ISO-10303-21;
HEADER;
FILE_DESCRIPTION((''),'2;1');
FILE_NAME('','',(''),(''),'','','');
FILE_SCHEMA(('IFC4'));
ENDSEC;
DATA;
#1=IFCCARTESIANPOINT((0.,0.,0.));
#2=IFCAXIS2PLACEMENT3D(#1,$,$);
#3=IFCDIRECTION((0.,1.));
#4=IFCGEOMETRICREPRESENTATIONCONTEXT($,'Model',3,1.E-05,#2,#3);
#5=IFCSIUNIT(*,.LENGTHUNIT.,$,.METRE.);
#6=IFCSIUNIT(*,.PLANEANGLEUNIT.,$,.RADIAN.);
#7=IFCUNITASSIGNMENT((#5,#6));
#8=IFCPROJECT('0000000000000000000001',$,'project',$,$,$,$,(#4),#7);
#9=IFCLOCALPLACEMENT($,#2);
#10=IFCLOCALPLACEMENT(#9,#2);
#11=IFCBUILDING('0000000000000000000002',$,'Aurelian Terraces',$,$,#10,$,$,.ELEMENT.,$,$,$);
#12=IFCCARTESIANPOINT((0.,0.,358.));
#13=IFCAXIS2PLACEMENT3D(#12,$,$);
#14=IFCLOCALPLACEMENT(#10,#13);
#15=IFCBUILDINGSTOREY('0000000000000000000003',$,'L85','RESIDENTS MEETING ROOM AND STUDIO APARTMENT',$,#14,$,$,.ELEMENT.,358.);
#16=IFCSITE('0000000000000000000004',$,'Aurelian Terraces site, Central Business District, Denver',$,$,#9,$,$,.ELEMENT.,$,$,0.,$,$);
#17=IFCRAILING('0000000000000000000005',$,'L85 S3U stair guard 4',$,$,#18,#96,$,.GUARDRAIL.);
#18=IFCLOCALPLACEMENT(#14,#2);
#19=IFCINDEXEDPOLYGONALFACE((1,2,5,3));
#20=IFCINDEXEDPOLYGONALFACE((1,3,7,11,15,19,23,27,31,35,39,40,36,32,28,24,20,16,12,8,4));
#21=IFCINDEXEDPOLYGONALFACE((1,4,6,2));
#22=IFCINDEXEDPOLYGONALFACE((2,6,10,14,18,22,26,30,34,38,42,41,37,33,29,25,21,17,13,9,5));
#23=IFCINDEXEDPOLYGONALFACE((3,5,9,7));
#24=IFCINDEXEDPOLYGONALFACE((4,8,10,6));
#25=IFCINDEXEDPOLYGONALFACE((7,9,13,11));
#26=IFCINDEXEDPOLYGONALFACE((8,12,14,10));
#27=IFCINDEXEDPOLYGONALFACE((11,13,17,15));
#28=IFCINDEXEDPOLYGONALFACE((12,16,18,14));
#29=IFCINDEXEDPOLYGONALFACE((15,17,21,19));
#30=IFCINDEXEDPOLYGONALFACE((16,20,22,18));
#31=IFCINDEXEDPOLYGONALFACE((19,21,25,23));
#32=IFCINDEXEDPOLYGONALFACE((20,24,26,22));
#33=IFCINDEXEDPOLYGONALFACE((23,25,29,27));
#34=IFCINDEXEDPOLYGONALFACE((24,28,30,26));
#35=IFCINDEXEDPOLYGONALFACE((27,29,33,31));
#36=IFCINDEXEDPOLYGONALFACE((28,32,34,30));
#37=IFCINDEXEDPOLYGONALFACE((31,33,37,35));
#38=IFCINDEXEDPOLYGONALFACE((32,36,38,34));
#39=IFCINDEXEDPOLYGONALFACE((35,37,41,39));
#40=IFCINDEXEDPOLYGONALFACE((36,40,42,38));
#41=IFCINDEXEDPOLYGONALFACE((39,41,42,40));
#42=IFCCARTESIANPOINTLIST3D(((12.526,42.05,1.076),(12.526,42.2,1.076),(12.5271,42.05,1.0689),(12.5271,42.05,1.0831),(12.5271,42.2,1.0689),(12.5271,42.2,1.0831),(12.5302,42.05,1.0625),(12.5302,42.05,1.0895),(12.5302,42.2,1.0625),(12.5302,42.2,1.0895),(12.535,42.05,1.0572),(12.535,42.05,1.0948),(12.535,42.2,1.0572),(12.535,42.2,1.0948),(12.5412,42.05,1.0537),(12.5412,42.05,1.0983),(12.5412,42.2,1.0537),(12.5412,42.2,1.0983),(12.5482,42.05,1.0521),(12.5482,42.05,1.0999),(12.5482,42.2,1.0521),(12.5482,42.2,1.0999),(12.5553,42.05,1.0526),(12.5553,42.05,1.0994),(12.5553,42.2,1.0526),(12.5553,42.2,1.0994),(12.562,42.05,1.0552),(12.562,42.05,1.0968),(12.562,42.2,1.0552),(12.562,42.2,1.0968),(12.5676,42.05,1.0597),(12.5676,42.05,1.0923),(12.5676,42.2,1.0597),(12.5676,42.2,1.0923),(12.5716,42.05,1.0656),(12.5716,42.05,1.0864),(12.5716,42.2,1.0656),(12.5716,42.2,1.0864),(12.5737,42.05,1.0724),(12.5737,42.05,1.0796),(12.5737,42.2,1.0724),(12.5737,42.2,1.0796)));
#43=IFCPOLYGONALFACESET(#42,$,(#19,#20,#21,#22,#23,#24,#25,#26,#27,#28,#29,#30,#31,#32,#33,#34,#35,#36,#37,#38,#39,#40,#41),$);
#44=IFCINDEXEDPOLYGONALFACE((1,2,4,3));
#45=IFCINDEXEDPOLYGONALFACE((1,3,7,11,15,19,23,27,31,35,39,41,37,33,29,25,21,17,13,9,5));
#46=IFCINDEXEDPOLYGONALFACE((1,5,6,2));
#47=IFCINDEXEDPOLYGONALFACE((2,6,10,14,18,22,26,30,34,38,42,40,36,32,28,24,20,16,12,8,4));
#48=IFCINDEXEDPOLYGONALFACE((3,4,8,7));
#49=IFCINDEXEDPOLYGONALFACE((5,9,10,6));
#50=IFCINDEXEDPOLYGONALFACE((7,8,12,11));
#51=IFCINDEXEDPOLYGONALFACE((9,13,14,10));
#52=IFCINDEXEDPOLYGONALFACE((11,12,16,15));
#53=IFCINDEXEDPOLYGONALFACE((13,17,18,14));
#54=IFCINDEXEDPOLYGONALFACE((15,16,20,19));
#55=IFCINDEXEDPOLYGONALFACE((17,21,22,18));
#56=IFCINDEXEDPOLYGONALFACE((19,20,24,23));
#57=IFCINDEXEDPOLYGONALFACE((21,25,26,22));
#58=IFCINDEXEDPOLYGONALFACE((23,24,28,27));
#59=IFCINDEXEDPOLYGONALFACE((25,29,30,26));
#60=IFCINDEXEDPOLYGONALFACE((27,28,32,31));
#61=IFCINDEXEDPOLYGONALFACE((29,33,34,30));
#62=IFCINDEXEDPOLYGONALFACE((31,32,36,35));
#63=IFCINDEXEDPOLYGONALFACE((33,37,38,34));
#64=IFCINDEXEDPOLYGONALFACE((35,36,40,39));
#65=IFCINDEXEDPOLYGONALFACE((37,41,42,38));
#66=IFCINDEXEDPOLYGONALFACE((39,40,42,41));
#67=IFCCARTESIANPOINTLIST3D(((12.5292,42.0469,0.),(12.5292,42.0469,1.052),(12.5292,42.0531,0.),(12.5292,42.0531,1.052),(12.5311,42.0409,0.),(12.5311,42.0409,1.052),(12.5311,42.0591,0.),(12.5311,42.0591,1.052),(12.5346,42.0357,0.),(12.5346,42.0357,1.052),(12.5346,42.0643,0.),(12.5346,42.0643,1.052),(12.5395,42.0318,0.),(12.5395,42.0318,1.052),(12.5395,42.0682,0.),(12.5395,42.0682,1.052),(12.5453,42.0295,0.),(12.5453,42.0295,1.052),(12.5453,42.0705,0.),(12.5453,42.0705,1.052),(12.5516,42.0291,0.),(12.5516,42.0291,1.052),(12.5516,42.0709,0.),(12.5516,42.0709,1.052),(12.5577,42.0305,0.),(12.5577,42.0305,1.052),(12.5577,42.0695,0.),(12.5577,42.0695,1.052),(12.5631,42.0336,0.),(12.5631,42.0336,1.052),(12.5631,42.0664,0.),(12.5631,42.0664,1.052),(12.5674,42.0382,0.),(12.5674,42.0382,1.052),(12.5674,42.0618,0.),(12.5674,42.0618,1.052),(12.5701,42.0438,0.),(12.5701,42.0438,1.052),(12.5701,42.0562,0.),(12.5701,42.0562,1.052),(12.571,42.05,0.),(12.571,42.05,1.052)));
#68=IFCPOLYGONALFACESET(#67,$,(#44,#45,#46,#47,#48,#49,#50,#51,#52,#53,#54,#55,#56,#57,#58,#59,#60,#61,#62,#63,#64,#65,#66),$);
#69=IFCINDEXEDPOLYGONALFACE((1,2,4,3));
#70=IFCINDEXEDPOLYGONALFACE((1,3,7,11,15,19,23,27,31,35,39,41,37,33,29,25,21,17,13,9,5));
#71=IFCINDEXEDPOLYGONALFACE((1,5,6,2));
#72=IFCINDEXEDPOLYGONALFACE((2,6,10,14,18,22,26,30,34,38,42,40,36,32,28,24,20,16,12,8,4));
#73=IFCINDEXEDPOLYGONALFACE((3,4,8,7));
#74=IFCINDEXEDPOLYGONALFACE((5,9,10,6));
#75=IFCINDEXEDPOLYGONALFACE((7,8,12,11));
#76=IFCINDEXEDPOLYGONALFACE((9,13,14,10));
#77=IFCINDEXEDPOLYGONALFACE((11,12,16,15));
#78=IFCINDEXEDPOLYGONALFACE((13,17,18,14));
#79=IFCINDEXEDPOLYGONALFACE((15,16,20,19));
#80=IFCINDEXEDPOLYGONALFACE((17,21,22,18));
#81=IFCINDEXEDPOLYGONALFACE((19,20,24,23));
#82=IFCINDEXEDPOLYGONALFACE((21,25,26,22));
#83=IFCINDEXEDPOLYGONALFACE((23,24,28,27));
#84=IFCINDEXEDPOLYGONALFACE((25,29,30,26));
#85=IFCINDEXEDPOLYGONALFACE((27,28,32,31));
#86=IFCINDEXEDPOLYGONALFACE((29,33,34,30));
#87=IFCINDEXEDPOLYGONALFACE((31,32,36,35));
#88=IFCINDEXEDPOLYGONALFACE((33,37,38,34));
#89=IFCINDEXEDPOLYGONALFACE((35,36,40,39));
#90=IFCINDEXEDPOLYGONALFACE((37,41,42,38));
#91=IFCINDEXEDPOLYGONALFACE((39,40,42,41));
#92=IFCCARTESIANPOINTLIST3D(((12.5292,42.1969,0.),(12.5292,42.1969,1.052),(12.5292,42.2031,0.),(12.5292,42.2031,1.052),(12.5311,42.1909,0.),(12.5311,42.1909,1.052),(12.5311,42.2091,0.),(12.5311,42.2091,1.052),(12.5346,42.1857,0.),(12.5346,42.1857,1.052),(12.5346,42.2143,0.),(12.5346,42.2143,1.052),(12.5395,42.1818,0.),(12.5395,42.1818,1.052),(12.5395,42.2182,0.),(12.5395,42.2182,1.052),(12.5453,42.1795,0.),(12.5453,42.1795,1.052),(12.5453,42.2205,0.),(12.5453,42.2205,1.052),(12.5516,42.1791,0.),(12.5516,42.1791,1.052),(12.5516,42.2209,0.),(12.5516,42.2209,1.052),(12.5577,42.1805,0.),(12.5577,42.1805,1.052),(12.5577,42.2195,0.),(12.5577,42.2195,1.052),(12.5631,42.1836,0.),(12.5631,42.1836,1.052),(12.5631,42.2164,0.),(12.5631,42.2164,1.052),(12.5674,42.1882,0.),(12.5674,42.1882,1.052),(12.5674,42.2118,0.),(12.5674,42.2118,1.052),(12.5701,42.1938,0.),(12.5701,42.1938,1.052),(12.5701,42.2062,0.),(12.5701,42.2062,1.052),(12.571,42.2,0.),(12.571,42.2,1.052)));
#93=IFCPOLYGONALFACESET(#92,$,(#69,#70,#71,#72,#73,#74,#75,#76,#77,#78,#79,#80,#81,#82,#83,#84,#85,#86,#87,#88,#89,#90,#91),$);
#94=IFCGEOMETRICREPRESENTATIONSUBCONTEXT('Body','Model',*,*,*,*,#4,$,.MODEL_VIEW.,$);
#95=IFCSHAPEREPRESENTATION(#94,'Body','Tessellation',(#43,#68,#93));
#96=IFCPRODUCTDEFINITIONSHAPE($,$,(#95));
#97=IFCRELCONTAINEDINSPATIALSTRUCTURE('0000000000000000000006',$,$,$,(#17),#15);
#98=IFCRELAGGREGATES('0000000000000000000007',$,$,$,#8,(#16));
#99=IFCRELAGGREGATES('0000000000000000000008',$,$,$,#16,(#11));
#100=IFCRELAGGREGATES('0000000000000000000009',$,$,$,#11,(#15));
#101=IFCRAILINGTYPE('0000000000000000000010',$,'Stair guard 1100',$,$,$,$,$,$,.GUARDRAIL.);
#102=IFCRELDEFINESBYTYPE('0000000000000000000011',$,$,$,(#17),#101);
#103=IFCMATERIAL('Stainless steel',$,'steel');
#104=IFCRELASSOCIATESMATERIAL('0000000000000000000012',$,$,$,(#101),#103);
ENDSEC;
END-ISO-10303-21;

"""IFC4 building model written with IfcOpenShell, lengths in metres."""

from ifc_helpers import new_model, si_unit, direction, frame, origin, origin_2d, place, context, subcontext, project, spatial, circle, extrude, source, transform, mapped, material, type_object, element, save


model = new_model("IFC4")

# Units and contexts
model_context = context("Model", 3, precision=1e-05, world=origin(), true_north=direction((0.0, 1.0)))
body_context = subcontext(model_context, "Body", "Model", "MODEL_VIEW")
ifc_project = project(units=[si_unit("LENGTHUNIT", "METRE"), si_unit("PLANEANGLEUNIT", "RADIAN")], contexts=[model_context])

# Site, building, storey
site_placement = place(None, origin())
site = spatial("IfcSite", under=ifc_project, at=site_placement, Name="Aurelian Terraces site, Central Business District, Denver", CompositionType="ELEMENT", RefElevation=0.0)
building_placement = place(site_placement, origin())
building = spatial("IfcBuilding", under=site, at=building_placement, Name="Aurelian Terraces", CompositionType="ELEMENT")
storey_placement = place(building_placement, frame((0.0, 0.0, 358.0)))
storey = spatial("IfcBuildingStorey", under=building, at=storey_placement, Name="L85", Description="RESIDENTS MEETING ROOM AND STUDIO APARTMENT", CompositionType="ELEMENT", Elevation=358.0)

# Railing
ifc_material_1 = material(Name="Stainless steel", Category="steel")
railing_type_1 = type_object("IfcRailingType", Name="Stair guard 1100", PredefinedType="GUARDRAIL", material=ifc_material_1)
shared_shape_1 = source(origin(), body_context, "Body", "SweptSolid", [
    extrude(circle(Radius=0.024, at=origin_2d()), frame((0.0, 0.0, 1.076), z_axis=(0.0, 1.0, 0.0), x_axis=(-1.0, 0.0, 0.0)), (0.0, 0.0, 1.0), 0.15),
    extrude(circle(Radius=0.021, at=origin_2d()), origin(), (0.0, 0.0, 1.0), 1.052),
    extrude(circle(Radius=0.021, at=origin_2d()), frame((0.0, 0.15, 0.0)), (0.0, 0.0, 1.0), 1.052),
])
for number, where, name in (
    (1, (12.55, 42.05, 0.0), "L85 S3U stair guard 4"),
):
    element("IfcRailing", number, at=place(storey_placement, frame(where)), inside=storey, type_object=railing_type_1, Name=name, PredefinedType="GUARDRAIL", context=body_context, shape_type="MappedRepresentation", body=[
        mapped(shared_shape_1, transform((0.0, 0.0, 0.0), scale=1.0)),
    ])

save(model, "model.ifc")
